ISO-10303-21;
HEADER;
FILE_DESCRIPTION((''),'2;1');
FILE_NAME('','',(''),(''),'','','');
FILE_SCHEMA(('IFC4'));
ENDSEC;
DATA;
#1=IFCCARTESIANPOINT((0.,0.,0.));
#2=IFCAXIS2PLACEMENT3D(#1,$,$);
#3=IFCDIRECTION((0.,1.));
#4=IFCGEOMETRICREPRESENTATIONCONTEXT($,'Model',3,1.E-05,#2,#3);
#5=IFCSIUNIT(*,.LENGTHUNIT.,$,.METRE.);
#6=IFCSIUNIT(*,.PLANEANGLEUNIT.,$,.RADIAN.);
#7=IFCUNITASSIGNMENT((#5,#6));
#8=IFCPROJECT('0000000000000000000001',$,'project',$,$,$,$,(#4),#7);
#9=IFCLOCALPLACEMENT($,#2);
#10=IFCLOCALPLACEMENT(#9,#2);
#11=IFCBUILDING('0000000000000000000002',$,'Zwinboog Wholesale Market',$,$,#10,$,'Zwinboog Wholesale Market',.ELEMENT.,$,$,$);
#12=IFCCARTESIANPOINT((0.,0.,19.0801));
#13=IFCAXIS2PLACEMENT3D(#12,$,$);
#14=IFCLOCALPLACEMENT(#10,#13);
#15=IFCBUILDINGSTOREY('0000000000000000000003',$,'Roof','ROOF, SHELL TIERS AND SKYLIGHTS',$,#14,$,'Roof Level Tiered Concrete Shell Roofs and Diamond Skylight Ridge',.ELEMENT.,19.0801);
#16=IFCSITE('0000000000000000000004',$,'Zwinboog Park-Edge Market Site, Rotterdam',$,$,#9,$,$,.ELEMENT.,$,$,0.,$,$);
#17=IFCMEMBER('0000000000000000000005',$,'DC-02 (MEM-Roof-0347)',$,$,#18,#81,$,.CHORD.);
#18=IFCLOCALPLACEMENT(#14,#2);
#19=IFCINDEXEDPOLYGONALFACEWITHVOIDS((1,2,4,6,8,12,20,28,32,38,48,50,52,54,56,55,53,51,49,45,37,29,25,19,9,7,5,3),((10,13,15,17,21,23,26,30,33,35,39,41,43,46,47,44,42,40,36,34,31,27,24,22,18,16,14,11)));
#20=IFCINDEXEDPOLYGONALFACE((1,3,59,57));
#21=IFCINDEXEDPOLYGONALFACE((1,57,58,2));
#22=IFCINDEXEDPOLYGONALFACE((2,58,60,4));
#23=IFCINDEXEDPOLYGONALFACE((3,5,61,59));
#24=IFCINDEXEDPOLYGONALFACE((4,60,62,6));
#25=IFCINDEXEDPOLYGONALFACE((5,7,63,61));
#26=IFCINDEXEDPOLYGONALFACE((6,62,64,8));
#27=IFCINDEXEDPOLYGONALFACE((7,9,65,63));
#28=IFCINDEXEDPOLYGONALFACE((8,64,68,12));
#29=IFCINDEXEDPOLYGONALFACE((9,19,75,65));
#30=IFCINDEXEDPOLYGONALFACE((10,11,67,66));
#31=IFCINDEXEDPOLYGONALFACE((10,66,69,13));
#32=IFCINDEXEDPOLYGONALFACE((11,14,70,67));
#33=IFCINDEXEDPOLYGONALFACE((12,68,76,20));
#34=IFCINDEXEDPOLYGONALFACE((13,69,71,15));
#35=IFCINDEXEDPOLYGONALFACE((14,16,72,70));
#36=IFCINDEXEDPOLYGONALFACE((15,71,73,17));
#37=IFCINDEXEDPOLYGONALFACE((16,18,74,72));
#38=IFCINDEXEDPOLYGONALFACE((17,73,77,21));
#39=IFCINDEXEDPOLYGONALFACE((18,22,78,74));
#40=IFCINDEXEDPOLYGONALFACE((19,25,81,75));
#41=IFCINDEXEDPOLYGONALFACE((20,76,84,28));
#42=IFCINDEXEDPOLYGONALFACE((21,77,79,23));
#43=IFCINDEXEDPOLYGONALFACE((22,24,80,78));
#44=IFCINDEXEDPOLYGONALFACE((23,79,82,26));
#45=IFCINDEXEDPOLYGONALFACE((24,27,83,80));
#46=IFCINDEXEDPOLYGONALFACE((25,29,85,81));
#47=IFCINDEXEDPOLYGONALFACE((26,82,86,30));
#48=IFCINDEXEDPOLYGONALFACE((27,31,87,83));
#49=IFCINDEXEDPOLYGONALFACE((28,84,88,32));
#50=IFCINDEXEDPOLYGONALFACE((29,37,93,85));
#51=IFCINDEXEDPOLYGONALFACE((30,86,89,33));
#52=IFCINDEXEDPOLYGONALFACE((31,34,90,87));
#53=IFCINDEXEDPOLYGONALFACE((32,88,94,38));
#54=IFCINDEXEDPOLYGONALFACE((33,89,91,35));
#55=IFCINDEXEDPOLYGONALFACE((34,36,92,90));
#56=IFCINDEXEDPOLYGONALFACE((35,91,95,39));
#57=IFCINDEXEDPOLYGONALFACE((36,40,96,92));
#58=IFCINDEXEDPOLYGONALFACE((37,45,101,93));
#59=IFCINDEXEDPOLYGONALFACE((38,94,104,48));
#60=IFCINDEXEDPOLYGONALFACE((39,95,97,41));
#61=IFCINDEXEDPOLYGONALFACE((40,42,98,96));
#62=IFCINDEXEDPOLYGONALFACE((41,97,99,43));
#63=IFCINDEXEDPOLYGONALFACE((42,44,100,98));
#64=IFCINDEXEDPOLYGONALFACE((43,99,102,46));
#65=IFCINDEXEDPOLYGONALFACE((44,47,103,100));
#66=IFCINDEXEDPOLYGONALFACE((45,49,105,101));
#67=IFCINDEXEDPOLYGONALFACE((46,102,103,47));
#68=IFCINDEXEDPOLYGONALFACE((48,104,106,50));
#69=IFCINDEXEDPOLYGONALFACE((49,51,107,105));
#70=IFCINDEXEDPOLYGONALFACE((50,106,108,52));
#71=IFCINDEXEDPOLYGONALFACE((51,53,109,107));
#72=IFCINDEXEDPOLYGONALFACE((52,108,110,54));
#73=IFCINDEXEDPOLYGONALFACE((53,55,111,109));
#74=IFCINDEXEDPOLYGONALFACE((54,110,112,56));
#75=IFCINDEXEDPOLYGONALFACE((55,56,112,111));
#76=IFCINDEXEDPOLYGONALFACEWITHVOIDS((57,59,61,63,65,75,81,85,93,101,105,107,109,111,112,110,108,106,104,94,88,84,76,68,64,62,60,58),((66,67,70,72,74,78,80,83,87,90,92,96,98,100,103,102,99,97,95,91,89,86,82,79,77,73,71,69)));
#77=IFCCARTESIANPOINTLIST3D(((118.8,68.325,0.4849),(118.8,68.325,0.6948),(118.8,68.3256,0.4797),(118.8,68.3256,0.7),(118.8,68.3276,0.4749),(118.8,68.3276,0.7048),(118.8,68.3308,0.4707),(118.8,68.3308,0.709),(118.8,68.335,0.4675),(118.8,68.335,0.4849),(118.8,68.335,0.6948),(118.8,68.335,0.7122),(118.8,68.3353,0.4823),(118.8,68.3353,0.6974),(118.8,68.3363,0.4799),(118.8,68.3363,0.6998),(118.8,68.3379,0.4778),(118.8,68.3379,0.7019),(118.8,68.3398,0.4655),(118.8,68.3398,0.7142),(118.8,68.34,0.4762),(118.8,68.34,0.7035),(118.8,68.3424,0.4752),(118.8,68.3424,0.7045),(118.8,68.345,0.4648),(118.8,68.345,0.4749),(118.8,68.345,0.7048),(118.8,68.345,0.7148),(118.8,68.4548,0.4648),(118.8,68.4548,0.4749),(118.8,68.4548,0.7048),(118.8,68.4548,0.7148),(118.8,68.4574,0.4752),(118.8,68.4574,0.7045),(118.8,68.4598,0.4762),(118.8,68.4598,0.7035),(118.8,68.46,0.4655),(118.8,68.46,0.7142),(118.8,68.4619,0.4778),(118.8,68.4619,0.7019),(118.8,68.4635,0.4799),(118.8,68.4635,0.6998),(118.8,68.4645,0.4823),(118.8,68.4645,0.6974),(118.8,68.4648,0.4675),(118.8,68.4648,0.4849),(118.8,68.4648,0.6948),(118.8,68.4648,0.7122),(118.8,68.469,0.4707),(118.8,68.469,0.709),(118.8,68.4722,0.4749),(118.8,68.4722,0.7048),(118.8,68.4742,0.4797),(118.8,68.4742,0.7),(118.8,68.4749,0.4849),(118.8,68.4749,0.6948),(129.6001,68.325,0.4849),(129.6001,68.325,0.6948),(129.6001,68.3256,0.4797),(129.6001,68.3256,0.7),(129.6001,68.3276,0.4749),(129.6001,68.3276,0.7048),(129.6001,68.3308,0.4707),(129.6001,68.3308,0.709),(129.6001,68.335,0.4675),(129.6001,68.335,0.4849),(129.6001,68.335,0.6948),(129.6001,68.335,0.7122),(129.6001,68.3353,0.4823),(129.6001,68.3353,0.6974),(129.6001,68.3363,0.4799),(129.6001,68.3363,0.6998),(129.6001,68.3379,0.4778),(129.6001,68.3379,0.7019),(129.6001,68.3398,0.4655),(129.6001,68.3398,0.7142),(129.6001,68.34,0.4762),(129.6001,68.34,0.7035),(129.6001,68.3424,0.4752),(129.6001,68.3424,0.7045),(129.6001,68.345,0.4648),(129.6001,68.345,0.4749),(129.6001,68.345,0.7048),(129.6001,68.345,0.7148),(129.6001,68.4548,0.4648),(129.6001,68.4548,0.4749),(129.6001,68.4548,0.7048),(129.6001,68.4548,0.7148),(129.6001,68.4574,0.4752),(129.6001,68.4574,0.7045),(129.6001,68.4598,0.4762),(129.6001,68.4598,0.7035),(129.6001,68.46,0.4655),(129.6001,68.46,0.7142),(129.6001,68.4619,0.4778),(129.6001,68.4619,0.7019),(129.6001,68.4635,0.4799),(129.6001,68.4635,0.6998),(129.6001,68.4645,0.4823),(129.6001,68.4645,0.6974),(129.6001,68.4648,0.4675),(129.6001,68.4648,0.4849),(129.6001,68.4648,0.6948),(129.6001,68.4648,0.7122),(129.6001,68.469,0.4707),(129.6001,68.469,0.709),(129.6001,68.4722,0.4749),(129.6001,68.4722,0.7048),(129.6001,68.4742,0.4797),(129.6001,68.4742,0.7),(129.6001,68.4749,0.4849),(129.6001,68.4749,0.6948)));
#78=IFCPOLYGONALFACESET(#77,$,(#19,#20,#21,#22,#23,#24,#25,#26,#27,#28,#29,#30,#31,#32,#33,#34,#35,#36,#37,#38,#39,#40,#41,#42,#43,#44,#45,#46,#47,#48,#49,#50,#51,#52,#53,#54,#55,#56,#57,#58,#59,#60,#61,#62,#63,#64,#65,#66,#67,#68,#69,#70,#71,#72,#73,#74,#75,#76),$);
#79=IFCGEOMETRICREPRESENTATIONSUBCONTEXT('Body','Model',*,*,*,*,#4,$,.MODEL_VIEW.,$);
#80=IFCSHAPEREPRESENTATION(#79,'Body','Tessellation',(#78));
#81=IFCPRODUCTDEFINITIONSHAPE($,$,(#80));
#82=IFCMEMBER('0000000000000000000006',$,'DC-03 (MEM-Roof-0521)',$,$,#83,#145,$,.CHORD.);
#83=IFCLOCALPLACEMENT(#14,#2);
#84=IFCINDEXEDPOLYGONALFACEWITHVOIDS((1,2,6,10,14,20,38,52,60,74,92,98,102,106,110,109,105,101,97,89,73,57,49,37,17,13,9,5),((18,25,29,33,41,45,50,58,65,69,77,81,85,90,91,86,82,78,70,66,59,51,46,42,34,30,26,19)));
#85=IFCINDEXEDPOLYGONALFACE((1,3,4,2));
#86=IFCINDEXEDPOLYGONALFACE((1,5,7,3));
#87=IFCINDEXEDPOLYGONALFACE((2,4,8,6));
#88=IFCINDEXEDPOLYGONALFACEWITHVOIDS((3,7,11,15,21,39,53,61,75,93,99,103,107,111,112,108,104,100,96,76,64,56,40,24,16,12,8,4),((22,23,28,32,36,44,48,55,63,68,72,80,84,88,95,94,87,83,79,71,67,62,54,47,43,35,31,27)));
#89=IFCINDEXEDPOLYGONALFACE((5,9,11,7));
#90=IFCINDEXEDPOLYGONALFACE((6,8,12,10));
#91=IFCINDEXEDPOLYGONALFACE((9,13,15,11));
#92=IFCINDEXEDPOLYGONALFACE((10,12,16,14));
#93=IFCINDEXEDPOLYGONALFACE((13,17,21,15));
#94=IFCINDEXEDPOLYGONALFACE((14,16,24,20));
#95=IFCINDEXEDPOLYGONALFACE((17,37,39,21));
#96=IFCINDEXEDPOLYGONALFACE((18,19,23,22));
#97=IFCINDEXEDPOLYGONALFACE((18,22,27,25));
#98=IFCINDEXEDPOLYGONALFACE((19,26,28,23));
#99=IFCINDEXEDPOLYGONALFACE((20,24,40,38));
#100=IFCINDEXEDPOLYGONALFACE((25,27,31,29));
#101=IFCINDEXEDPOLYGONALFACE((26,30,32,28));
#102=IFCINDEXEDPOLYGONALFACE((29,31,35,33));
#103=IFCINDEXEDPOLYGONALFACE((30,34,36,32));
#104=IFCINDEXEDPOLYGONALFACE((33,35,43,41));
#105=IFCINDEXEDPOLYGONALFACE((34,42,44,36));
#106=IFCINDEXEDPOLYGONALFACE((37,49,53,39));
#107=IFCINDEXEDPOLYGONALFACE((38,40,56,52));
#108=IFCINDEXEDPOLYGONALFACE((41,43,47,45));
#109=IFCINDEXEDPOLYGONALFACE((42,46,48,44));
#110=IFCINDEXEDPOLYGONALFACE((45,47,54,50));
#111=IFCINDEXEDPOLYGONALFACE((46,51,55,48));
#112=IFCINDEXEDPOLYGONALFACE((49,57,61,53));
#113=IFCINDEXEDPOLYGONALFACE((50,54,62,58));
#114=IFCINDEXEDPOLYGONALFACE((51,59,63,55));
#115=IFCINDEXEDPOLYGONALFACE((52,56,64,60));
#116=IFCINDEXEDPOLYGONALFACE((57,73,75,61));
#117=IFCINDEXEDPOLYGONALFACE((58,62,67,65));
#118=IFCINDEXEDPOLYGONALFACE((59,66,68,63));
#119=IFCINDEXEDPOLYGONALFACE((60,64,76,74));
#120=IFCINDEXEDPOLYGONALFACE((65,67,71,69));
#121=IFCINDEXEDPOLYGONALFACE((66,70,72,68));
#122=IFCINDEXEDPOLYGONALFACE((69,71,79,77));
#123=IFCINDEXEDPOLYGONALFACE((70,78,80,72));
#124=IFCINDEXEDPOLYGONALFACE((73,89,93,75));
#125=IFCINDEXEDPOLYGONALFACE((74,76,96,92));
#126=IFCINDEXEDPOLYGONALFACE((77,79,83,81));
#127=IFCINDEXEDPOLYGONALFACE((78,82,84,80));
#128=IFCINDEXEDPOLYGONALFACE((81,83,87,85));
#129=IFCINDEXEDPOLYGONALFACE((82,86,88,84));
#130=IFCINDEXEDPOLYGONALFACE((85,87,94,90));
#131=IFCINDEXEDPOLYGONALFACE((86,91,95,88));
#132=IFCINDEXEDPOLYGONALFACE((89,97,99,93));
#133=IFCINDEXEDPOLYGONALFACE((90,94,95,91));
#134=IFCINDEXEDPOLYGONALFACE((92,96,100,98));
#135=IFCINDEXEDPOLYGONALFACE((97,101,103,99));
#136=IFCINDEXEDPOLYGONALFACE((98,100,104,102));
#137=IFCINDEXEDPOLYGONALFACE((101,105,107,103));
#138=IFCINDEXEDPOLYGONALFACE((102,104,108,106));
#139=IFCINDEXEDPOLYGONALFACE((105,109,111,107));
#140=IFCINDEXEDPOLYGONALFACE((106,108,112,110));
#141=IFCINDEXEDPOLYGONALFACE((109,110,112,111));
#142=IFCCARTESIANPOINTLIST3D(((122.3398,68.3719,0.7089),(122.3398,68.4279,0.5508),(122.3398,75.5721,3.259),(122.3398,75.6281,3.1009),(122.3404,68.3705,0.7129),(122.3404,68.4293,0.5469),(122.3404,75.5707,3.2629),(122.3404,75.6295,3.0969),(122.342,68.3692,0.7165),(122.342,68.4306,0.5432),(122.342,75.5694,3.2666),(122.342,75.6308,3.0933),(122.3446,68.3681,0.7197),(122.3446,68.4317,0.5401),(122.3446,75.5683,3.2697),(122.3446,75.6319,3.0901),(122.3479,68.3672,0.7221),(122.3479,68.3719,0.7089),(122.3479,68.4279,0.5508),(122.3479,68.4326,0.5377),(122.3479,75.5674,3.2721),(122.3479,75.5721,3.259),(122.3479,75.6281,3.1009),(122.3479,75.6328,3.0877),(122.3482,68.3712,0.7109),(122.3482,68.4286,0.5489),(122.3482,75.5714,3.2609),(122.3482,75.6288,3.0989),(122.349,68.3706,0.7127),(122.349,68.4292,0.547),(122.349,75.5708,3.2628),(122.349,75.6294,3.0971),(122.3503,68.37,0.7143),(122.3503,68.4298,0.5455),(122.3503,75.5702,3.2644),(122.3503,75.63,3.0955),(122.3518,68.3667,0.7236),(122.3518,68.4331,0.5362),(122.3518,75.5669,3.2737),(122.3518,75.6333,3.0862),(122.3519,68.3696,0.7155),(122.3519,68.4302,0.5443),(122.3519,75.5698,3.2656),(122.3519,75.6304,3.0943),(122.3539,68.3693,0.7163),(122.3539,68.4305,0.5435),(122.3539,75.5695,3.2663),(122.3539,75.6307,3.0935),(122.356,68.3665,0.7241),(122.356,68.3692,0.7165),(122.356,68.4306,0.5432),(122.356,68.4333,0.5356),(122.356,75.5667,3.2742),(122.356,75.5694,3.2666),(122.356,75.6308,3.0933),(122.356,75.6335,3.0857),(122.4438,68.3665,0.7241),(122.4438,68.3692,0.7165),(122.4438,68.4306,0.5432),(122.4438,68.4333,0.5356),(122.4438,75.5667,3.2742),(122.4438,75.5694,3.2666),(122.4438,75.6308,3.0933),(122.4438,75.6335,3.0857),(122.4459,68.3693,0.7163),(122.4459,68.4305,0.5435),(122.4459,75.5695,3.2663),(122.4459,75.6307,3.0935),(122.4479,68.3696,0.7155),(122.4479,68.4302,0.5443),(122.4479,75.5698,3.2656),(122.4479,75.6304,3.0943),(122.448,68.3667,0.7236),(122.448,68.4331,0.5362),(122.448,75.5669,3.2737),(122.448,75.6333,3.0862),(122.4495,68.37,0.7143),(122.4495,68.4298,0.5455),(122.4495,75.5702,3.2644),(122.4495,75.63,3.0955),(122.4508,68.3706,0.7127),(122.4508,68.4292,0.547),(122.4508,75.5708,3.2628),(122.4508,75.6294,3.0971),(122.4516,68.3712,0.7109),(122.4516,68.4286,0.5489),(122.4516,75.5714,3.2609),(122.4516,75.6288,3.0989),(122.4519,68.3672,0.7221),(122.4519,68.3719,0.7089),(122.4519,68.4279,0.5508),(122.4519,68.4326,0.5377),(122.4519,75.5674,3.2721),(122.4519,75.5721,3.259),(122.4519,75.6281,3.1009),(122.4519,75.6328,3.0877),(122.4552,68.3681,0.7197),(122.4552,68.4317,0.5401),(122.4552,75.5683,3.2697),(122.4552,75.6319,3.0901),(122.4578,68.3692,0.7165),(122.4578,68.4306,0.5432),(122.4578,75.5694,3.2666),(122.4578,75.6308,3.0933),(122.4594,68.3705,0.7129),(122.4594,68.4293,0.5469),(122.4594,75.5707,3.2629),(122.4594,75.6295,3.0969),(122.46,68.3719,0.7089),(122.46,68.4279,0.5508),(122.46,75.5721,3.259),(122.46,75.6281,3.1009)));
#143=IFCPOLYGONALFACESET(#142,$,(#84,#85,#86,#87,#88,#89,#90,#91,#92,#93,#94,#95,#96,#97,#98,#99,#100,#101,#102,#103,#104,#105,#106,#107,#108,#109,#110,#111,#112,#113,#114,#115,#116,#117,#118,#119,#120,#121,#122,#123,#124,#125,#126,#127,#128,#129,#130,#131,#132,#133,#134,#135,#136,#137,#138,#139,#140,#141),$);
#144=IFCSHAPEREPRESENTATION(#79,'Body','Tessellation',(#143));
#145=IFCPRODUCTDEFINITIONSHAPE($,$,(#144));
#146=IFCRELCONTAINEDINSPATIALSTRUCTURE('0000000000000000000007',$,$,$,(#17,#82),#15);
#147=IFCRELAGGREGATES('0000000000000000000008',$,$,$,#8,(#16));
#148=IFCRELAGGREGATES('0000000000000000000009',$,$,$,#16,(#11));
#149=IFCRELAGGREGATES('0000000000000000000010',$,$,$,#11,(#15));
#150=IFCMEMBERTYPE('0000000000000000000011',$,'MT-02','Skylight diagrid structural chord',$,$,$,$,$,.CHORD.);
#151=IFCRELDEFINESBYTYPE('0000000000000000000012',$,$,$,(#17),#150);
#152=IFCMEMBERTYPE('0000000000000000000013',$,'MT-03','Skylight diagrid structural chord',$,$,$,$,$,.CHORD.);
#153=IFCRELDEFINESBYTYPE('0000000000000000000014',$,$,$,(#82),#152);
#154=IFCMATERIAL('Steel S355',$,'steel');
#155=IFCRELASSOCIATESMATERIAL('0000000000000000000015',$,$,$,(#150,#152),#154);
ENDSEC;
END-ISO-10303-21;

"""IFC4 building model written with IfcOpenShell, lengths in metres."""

from ifc_helpers import new_model, si_unit, direction, frame, origin, origin_2d, place, context, subcontext, project, spatial, hollow_rectangle, extrude, material, material_profile, profile_set, type_object, element, save


model = new_model("IFC4")

# Units and contexts
model_context = context("Model", 3, precision=1e-05, world=origin(), true_north=direction((0.0, 1.0)))
body_context = subcontext(model_context, "Body", "Model", "MODEL_VIEW")
ifc_project = project(units=[si_unit("LENGTHUNIT", "METRE"), si_unit("PLANEANGLEUNIT", "RADIAN")], contexts=[model_context])

# Site, building, storey
site_placement = place(None, origin())
site = spatial("IfcSite", under=ifc_project, at=site_placement, Name="Zwinboog Park-Edge Market Site, Rotterdam", CompositionType="ELEMENT", RefElevation=0.0)
building_placement = place(site_placement, origin())
building = spatial("IfcBuilding", under=site, at=building_placement, Name="Zwinboog Wholesale Market", LongName="Zwinboog Wholesale Market", CompositionType="ELEMENT")
storey_placement = place(building_placement, frame((0.0, 0.0, 19.0801)))
storey = spatial("IfcBuildingStorey", under=building, at=storey_placement, Name="Roof", Description="ROOF, SHELL TIERS AND SKYLIGHTS", LongName="Roof Level Tiered Concrete Shell Roofs and Diamond Skylight Ridge", CompositionType="ELEMENT", Elevation=19.0801)

# Members
ifc_material_1 = material(Name="Steel S355", Category="steel")
ifc_material_profile_1 = material_profile(ifc_material_1, hollow_rectangle(XDim=0.1499, YDim=0.25, WallThickness=0.01, InnerFilletRadius=0.01, OuterFilletRadius=0.02, at=origin_2d()), Name="RHS 250x150x10")
ifc_profile_set_1 = profile_set([ifc_material_profile_1], Name="Steel S355")
member_type_1 = type_object("IfcMemberType", Name="MT-02", Description="Skylight diagrid structural chord", PredefinedType="CHORD", material=ifc_profile_set_1)
member_1_placement = place(storey_placement, frame((118.8, 68.3999, 0.5898), z_axis=(1.0, 0.0, 0.0), x_axis=(0.0, 1.0, 0.0)))
element("IfcMember", 1, at=member_1_placement, inside=storey, type_object=member_type_1, Name="DC-02 (MEM-Roof-0347)", PredefinedType="CHORD", context=body_context, shape_type="SweptSolid", body=[
    extrude(hollow_rectangle(XDim=0.1499, YDim=0.25, WallThickness=0.01, InnerFilletRadius=0.01, OuterFilletRadius=0.02, at=origin_2d()), origin(), (0.0, 0.0, 1.0), 10.8),
])
ifc_material_profile_2 = material_profile(ifc_material_1, hollow_rectangle(XDim=0.1201, YDim=0.2, WallThickness=0.0081, InnerFilletRadius=0.0081, OuterFilletRadius=0.0161, at=origin_2d()), Name="RHS 200x120x8")
ifc_profile_set_2 = profile_set([ifc_material_profile_2], Name="Steel S355")
member_type_2 = type_object("IfcMemberType", Name="MT-03", Description="Skylight diagrid structural chord", PredefinedType="CHORD", material=ifc_profile_set_2)
for number, where, z_axis, x_axis, name in (
    (2, (122.3999, 68.3999, 0.6299), (0.0, 0.942628, 0.333845), (-1.0, 0.0, 0.0), "DC-03 (MEM-Roof-0521)"),
):
    element("IfcMember", number, at=place(storey_placement, frame(where, z_axis=z_axis, x_axis=x_axis)), inside=storey, type_object=member_type_2, Name=name, PredefinedType="CHORD", context=body_context, shape_type="SweptSolid", body=[
        extrude(hollow_rectangle(XDim=0.1201, YDim=0.2, WallThickness=0.0081, InnerFilletRadius=0.0081, OuterFilletRadius=0.0161, at=origin_2d()), origin(), (0.0, 0.0, 1.0), 7.6384),
    ])

save(model, "model.ifc")
